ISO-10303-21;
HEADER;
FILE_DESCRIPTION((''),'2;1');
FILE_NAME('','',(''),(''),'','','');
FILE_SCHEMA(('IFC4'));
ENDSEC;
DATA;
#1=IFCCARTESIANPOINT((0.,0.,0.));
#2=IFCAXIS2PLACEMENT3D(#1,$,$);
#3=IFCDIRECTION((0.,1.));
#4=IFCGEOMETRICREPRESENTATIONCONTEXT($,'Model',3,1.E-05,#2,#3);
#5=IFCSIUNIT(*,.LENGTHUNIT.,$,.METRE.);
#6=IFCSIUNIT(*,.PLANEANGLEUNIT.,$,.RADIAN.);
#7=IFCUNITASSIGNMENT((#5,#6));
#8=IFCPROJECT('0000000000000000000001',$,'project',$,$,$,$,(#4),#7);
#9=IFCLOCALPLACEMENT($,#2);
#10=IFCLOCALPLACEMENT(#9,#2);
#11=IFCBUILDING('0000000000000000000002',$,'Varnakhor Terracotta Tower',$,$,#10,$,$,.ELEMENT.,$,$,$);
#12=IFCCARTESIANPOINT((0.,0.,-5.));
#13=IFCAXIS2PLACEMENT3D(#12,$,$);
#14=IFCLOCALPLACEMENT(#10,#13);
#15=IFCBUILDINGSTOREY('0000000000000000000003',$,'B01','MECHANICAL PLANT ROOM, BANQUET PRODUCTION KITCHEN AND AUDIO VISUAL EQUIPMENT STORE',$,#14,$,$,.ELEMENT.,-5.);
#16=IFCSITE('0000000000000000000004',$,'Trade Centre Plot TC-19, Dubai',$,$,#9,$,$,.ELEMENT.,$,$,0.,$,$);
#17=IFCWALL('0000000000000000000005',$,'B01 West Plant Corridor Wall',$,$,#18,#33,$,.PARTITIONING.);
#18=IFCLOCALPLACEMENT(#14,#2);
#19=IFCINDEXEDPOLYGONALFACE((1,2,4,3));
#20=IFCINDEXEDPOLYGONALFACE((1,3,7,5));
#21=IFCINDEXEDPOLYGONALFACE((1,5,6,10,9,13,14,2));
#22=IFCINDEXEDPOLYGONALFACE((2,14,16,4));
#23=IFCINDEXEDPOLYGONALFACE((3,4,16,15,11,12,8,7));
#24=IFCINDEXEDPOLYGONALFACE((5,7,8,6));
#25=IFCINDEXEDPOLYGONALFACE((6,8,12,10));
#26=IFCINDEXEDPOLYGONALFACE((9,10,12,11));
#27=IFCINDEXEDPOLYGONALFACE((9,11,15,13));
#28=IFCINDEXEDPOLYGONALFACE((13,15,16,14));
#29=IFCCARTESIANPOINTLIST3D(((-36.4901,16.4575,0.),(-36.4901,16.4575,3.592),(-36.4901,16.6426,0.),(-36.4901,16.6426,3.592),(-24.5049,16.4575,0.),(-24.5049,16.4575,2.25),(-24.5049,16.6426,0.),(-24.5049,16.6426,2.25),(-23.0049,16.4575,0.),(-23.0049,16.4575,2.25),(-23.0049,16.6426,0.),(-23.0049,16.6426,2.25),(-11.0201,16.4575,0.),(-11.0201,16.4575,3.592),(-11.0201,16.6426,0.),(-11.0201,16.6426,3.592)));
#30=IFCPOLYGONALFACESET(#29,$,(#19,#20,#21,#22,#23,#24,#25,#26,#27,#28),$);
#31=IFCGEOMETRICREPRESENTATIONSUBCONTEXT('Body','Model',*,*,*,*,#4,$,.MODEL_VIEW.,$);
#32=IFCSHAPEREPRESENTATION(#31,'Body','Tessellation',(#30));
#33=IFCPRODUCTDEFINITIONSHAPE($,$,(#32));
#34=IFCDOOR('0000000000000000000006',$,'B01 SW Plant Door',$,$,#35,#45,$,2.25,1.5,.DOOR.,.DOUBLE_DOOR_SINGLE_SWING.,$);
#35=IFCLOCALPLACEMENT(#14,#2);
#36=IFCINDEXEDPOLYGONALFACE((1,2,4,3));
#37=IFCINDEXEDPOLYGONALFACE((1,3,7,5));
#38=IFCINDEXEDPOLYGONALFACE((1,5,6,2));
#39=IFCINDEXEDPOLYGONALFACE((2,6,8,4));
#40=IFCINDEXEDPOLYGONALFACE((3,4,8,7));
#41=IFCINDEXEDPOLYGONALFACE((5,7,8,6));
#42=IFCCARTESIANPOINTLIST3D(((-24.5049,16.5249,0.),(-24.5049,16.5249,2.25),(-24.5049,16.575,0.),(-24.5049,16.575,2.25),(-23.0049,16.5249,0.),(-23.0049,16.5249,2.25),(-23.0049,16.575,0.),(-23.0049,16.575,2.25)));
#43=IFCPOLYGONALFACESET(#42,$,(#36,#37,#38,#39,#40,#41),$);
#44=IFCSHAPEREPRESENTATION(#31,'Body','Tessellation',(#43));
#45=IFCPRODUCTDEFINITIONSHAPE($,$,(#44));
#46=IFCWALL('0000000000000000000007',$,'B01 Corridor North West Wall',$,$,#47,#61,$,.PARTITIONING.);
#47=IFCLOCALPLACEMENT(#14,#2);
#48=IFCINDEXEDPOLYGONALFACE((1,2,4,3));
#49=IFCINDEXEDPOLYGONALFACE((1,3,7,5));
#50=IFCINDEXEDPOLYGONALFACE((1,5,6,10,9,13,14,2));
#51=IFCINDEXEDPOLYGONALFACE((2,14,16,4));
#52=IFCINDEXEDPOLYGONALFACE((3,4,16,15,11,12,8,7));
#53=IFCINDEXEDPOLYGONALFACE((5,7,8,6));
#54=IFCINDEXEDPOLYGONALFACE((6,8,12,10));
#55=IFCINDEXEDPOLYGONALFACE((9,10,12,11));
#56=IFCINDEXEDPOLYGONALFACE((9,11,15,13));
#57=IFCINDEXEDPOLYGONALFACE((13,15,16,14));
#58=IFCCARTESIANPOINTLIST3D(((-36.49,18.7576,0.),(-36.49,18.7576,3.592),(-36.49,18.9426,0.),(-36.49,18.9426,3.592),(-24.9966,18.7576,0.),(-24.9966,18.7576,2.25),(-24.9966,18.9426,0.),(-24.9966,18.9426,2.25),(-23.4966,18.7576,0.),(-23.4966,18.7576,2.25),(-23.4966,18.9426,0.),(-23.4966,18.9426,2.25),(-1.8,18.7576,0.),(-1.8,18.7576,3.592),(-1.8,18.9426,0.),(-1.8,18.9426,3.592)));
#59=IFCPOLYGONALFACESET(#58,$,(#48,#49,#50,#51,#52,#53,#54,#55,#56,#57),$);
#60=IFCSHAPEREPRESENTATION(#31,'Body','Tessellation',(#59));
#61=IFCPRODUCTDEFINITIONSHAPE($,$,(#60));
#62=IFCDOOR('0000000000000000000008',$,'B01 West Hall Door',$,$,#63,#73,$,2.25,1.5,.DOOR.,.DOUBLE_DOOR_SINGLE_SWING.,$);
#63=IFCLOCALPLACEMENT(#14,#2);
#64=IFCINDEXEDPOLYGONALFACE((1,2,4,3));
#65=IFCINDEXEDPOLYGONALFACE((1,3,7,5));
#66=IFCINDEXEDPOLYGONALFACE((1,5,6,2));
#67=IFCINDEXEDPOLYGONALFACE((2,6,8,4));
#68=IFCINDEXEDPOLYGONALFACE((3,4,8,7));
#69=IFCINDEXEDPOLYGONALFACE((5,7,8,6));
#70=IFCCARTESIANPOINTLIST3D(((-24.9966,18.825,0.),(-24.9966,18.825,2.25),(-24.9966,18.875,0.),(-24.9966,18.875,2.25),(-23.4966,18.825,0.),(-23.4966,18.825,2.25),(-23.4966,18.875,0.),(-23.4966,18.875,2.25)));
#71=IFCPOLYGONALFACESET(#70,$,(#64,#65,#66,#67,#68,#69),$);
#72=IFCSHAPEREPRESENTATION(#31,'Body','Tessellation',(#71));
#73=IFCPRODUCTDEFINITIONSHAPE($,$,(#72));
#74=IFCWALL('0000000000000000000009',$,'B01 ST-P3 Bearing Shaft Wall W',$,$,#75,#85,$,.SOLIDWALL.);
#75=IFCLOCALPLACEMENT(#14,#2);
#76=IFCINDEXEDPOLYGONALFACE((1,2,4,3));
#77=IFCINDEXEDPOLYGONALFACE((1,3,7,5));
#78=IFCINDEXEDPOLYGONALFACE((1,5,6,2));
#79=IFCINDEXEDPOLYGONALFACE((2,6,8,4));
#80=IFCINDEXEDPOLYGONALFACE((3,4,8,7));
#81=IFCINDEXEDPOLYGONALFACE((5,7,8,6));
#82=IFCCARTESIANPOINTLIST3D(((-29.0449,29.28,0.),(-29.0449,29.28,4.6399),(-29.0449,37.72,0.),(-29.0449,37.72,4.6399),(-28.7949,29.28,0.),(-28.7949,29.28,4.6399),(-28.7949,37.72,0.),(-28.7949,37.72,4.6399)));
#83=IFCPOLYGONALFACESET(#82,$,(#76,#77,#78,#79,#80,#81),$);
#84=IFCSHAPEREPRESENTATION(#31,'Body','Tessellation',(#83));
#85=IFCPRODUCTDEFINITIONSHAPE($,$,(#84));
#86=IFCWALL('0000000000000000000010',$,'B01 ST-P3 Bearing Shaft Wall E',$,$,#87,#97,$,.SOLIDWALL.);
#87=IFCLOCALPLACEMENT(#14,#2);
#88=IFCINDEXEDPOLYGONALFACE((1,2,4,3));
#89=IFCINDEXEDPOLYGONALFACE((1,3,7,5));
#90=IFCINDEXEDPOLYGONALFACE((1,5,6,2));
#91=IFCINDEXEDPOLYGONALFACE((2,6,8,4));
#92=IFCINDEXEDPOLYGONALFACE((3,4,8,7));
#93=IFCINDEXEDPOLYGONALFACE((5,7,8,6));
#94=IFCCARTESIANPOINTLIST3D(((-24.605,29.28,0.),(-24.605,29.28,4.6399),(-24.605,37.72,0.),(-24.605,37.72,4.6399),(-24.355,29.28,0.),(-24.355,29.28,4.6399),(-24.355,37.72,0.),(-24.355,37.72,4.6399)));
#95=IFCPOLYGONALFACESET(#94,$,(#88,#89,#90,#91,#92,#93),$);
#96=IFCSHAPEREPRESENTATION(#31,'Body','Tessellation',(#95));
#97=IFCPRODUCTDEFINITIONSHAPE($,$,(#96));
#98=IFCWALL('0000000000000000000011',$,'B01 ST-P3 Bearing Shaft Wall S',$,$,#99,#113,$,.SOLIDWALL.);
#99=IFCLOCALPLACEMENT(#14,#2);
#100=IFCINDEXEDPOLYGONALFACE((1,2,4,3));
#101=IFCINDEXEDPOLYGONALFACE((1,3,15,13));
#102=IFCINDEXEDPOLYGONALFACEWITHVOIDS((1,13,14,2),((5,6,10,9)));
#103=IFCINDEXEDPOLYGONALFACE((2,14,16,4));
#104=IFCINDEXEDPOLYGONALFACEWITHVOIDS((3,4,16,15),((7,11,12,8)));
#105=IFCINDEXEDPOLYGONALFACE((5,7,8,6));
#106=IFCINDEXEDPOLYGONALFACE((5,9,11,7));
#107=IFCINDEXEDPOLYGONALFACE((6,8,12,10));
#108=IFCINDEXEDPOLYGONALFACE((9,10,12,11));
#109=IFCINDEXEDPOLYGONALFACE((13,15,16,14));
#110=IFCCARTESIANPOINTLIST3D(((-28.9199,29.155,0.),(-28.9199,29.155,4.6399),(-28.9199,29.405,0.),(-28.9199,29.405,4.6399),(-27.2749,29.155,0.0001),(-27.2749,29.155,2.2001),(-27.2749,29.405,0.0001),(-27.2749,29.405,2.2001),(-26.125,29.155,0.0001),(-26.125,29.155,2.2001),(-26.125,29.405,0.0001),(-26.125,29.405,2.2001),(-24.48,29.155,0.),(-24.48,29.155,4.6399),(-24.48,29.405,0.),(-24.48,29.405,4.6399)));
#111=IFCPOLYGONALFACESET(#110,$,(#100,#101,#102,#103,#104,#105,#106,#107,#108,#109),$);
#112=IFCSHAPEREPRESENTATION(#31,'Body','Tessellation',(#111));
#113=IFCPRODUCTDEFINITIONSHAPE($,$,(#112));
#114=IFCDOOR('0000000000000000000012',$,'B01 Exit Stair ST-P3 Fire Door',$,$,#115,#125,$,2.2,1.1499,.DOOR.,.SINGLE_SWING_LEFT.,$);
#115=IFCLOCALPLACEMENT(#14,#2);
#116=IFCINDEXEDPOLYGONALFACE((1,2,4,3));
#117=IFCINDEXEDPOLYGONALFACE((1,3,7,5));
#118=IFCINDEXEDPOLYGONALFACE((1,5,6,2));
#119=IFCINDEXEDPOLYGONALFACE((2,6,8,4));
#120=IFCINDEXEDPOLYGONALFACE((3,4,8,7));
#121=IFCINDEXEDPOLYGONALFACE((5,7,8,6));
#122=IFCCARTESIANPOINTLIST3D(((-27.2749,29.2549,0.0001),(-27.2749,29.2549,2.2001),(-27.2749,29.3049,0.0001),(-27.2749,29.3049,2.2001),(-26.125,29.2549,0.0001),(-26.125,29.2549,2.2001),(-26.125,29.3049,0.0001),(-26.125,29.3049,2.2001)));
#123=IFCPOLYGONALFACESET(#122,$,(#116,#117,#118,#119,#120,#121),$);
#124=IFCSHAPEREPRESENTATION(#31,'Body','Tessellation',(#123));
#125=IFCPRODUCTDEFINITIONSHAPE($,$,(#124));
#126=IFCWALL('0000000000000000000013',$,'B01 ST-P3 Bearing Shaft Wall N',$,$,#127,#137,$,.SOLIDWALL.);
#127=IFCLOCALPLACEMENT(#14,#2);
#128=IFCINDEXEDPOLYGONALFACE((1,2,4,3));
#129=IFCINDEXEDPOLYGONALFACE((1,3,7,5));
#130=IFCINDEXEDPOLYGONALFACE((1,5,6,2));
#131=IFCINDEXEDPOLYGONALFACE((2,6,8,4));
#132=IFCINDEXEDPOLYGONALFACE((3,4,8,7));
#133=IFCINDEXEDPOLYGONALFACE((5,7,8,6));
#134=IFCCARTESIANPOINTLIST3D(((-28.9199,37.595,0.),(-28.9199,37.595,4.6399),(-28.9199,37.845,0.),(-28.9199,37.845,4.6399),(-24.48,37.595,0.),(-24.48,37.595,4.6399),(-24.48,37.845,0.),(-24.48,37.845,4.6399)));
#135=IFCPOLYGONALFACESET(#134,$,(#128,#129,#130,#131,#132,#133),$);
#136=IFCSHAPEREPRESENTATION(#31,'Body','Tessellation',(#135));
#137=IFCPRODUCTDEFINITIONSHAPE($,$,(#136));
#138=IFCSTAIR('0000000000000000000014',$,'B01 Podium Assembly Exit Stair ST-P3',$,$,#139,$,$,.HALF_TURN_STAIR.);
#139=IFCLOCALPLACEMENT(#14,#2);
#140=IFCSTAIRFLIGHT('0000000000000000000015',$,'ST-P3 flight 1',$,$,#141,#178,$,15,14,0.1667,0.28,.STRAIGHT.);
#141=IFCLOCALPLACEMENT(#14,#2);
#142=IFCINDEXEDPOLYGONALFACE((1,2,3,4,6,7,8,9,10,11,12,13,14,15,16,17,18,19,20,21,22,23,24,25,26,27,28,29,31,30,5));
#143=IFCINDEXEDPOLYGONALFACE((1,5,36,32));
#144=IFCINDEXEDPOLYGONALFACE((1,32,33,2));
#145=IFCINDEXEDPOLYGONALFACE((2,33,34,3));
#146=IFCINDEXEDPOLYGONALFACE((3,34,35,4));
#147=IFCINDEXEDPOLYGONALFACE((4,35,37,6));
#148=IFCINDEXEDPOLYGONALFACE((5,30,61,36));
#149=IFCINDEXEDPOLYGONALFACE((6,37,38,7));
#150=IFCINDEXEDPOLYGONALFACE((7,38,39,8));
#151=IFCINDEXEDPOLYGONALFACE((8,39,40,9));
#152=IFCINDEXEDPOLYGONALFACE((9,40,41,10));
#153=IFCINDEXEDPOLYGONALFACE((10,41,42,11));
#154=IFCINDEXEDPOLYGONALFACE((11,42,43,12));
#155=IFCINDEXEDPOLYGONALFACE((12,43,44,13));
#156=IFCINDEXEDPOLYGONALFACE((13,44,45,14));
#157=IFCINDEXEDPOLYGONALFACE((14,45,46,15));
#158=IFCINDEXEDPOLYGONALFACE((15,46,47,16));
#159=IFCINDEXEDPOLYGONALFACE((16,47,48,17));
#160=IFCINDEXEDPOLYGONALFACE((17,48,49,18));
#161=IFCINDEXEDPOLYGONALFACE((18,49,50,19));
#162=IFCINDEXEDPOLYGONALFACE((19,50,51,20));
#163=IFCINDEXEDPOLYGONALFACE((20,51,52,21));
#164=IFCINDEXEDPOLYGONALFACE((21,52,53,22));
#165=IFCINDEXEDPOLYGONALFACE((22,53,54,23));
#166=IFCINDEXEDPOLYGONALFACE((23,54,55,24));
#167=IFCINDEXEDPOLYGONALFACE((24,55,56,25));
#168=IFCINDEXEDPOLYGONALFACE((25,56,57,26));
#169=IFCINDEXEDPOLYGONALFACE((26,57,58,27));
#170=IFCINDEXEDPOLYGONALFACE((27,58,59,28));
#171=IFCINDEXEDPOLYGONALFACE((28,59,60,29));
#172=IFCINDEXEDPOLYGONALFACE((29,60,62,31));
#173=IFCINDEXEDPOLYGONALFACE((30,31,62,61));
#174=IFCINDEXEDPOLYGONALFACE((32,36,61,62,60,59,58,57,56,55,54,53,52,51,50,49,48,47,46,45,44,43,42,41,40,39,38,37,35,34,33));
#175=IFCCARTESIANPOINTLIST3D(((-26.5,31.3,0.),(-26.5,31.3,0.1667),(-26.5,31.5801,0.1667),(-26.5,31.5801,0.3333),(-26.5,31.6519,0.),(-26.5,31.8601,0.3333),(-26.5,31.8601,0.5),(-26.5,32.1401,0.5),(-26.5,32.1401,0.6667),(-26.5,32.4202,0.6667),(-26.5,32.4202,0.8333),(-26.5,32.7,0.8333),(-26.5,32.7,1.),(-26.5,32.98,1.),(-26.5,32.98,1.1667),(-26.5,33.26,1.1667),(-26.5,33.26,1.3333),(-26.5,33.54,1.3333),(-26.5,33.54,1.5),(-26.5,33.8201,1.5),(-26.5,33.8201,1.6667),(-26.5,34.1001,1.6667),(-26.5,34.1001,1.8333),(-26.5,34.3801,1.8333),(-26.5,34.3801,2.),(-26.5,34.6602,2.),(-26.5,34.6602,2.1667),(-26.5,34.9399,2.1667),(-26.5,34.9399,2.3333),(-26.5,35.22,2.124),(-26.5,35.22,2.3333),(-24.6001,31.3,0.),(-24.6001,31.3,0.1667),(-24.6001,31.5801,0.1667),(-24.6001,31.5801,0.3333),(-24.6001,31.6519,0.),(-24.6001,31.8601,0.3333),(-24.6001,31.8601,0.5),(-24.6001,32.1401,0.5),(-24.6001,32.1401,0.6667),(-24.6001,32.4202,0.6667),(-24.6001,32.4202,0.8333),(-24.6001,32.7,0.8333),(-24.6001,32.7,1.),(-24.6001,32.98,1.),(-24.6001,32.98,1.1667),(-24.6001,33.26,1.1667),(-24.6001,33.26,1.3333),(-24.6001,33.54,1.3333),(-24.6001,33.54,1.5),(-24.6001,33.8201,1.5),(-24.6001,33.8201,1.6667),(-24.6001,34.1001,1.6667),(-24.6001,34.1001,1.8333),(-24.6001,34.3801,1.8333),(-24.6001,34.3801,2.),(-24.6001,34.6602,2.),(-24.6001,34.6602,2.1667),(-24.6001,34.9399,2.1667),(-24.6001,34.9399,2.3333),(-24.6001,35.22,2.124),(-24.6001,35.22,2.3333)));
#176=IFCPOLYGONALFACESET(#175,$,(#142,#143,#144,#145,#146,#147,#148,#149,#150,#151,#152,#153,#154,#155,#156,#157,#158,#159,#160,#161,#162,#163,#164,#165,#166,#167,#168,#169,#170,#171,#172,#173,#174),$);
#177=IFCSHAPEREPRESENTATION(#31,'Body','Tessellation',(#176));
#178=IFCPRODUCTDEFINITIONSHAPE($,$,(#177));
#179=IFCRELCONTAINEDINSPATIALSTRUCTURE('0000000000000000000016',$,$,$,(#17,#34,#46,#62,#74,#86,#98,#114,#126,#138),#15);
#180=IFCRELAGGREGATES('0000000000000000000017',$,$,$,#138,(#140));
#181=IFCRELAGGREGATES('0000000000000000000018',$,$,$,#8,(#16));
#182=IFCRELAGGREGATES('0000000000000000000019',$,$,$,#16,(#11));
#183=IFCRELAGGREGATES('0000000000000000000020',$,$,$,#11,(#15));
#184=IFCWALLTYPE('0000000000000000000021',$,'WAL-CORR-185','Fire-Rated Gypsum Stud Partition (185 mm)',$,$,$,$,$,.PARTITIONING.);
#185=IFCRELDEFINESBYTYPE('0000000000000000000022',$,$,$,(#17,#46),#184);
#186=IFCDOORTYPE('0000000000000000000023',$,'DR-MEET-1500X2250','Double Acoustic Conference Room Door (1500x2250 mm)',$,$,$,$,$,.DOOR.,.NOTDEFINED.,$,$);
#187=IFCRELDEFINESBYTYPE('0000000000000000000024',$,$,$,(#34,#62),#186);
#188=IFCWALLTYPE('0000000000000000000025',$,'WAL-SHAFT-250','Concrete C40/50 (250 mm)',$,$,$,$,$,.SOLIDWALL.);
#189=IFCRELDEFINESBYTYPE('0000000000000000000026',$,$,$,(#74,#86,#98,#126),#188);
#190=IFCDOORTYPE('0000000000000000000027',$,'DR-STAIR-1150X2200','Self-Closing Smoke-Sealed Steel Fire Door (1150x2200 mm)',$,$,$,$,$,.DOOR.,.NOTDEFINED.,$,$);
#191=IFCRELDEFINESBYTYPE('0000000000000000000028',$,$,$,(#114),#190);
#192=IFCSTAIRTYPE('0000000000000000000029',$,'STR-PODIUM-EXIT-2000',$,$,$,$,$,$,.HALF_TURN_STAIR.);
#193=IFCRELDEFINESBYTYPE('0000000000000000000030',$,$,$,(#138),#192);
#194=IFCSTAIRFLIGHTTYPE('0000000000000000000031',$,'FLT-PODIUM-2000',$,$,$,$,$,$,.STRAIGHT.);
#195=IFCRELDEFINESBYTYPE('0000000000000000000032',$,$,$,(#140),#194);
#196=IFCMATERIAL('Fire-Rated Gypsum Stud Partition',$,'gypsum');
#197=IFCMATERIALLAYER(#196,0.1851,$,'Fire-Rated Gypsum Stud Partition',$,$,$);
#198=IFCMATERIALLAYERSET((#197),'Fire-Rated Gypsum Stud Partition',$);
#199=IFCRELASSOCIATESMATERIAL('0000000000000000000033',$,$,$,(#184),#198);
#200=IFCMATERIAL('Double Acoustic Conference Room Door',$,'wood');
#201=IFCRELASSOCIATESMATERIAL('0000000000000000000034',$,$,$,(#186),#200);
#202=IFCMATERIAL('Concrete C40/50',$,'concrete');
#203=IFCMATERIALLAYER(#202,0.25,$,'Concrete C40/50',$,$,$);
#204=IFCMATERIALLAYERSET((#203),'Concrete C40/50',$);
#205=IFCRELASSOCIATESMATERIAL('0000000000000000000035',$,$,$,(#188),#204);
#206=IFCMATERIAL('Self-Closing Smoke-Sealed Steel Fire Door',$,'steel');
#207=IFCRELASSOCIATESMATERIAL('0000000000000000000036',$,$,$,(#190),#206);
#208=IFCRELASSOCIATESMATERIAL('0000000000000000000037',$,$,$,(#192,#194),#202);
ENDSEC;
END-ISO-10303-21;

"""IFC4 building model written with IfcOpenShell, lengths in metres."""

from ifc_helpers import new_model, si_unit, direction, frame, frame_2d, origin, place, context, subcontext, project, spatial, polyline, rectangle, outline, extrude, source, transform, mapped, material, layer, layer_set, type_object, type_shapes, element, fill, aggregate, save


model = new_model("IFC4")

# Units and contexts
model_context = context("Model", 3, precision=1e-05, world=origin(), true_north=direction((0.0, 1.0)))
body_context = subcontext(model_context, "Body", "Model", "MODEL_VIEW")
ifc_project = project(units=[si_unit("LENGTHUNIT", "METRE"), si_unit("PLANEANGLEUNIT", "RADIAN")], contexts=[model_context])

# Site, building, storey
site_placement = place(None, origin())
site = spatial("IfcSite", under=ifc_project, at=site_placement, Name="Trade Centre Plot TC-19, Dubai", CompositionType="ELEMENT", RefElevation=0.0)
building_placement = place(site_placement, origin())
building = spatial("IfcBuilding", under=site, at=building_placement, Name="Varnakhor Terracotta Tower", CompositionType="ELEMENT")
storey_placement = place(building_placement, frame((0.0, 0.0, -5.0)))
storey = spatial("IfcBuildingStorey", under=building, at=storey_placement, Name="B01", Description="MECHANICAL PLANT ROOM, BANQUET PRODUCTION KITCHEN AND AUDIO VISUAL EQUIPMENT STORE", CompositionType="ELEMENT", Elevation=-5.0)

# Shared definitions
ifc_material_1 = material(Name="Concrete C40/50", Category="concrete")

# Walls, openings, doors
ifc_material_2 = material(Name="Fire-Rated Gypsum Stud Partition", Category="gypsum")
ifc_layer_1 = layer(ifc_material_2, 0.1851, Name="Fire-Rated Gypsum Stud Partition")
ifc_layer_set_1 = layer_set([ifc_layer_1], Name="Fire-Rated Gypsum Stud Partition")
wall_type_1 = type_object("IfcWallType", Name="WAL-CORR-185", Description="Fire-Rated Gypsum Stud Partition (185 mm)", PredefinedType="PARTITIONING", material=ifc_layer_set_1)
wall_1_placement = place(storey_placement, frame((-36.49, 16.55, 0.0), z_axis=(0.0, 0.0, 1.0), x_axis=(1.0, 0.0, 0.0)))
wall_1 = element("IfcWall", 1, at=wall_1_placement, inside=storey, type_object=wall_type_1, Name="B01 West Plant Corridor Wall", PredefinedType="PARTITIONING", context=body_context, shape_type="SweptSolid", body=[
    extrude(rectangle(XDim=25.47, YDim=0.1851, at=frame_2d((12.7349, 0.0))), origin(), (0.0, 0.0, 1.0), 3.592),
])
opening_1_placement = place(wall_1_placement, frame((11.9851, 0.0, 0.0)))
opening_1 = element("IfcOpeningElement", 2, at=opening_1_placement, cuts=wall_1, PredefinedType="OPENING", context=body_context, shape_type="SweptSolid", body=[
    extrude(rectangle(XDim=1.5, YDim=2.25, at=frame_2d((0.75, 1.125))), frame((0.0, 0.1025, 0.0), z_axis=(0.0, -1.0, 0.0), x_axis=(1.0, 0.0, 0.0)), (0.0, 0.0, 1.0), 0.2051),
])
ifc_material_3 = material(Name="Double Acoustic Conference Room Door", Category="wood")
door_type_1 = type_object("IfcDoorType", Name="DR-MEET-1500X2250", Description="Double Acoustic Conference Room Door (1500x2250 mm)", OperationType="NOTDEFINED", PredefinedType="DOOR", material=ifc_material_3)
shared_shape_1 = source(origin(), body_context, "Body", "SweptSolid", [
    extrude(rectangle(XDim=1.5, YDim=2.25, at=frame_2d((0.75, 1.125))), frame((0.0, 0.0249, 0.0), z_axis=(0.0, -1.0, 0.0), x_axis=(1.0, 0.0, 0.0)), (0.0, 0.0, 1.0), 0.05),
])
type_shapes(door_type_1, [shared_shape_1])
door_1_placement = place(opening_1_placement, origin())
door_1 = element("IfcDoor", 3, at=door_1_placement, inside=storey, type_object=door_type_1, Name="B01 SW Plant Door", OperationType="DOUBLE_DOOR_SINGLE_SWING", OverallHeight=2.25, OverallWidth=1.5, PredefinedType="DOOR", context=body_context, shape_type="MappedRepresentation", body=[
    mapped(shared_shape_1, transform((0.0, 0.0, 0.0), scale=1.0)),
])
fill(opening_1, door_1)
wall_2_placement = place(storey_placement, frame((-36.49, 18.8501, 0.0), z_axis=(0.0, 0.0, 1.0), x_axis=(1.0, 0.0, 0.0)))
wall_2 = element("IfcWall", 4, at=wall_2_placement, inside=storey, type_object=wall_type_1, Name="B01 Corridor North West Wall", PredefinedType="PARTITIONING", context=body_context, shape_type="SweptSolid", body=[
    extrude(rectangle(XDim=34.6899, YDim=0.1851, at=frame_2d((17.345, 0.0))), origin(), (0.0, 0.0, 1.0), 3.592),
])
opening_2_placement = place(wall_2_placement, frame((11.4934, 0.0, 0.0)))
opening_2 = element("IfcOpeningElement", 5, at=opening_2_placement, cuts=wall_2, PredefinedType="OPENING", context=body_context, shape_type="SweptSolid", body=[
    extrude(rectangle(XDim=1.5, YDim=2.25, at=frame_2d((0.75, 1.125))), frame((0.0, 0.1025, 0.0), z_axis=(0.0, -1.0, 0.0), x_axis=(1.0, 0.0, 0.0)), (0.0, 0.0, 1.0), 0.2051),
])
door_2_placement = place(opening_2_placement, origin())
door_2 = element("IfcDoor", 6, at=door_2_placement, inside=storey, type_object=door_type_1, Name="B01 West Hall Door", OperationType="DOUBLE_DOOR_SINGLE_SWING", OverallHeight=2.25, OverallWidth=1.5, PredefinedType="DOOR", context=body_context, shape_type="MappedRepresentation", body=[
    mapped(shared_shape_1, transform((0.0, 0.0, 0.0), scale=1.0)),
])
fill(opening_2, door_2)

# Walls
ifc_layer_2 = layer(ifc_material_1, 0.25, Name="Concrete C40/50")
ifc_layer_set_2 = layer_set([ifc_layer_2], Name="Concrete C40/50")
wall_type_2 = type_object("IfcWallType", Name="WAL-SHAFT-250", Description="Concrete C40/50 (250 mm)", PredefinedType="SOLIDWALL", material=ifc_layer_set_2)
for number, where, z_axis, x_axis, name in (
    (7, (-28.9199, 29.28, 0.0), (0.0, 0.0, 1.0), (0.0, 1.0, 0.0), "B01 ST-P3 Bearing Shaft Wall W"),
    (8, (-24.48, 29.28, 0.0), (0.0, 0.0, 1.0), (0.0, 1.0, 0.0), "B01 ST-P3 Bearing Shaft Wall E"),
):
    element("IfcWall", number, at=place(storey_placement, frame(where, z_axis=z_axis, x_axis=x_axis)), inside=storey, type_object=wall_type_2, Name=name, PredefinedType="SOLIDWALL", context=body_context, shape_type="SweptSolid", body=[
        extrude(rectangle(XDim=8.4399, YDim=0.25, at=frame_2d((4.22, 0.0))), origin(), (0.0, 0.0, 1.0), 4.6399),
    ])

# Wall, opening, door
wall_3_placement = place(storey_placement, frame((-28.9199, 29.28, 0.0), z_axis=(0.0, 0.0, 1.0), x_axis=(1.0, 0.0, 0.0)))
wall_3 = element("IfcWall", 9, at=wall_3_placement, inside=storey, type_object=wall_type_2, Name="B01 ST-P3 Bearing Shaft Wall S", PredefinedType="SOLIDWALL", context=body_context, shape_type="SweptSolid", body=[
    extrude(rectangle(XDim=4.4399, YDim=0.25, at=frame_2d((2.22, 0.0))), origin(), (0.0, 0.0, 1.0), 4.6399),
])
opening_3_placement = place(wall_3_placement, frame((1.645, 0.0, 0.0)))
opening_3 = element("IfcOpeningElement", 10, at=opening_3_placement, cuts=wall_3, PredefinedType="OPENING", context=body_context, shape_type="SweptSolid", body=[
    extrude(rectangle(XDim=1.1499, YDim=2.2, at=frame_2d((0.575, 1.1001))), frame((0.0, 0.135, 0.0), z_axis=(0.0, -1.0, 0.0), x_axis=(1.0, 0.0, 0.0)), (0.0, 0.0, 1.0), 0.27),
])
ifc_material_4 = material(Name="Self-Closing Smoke-Sealed Steel Fire Door", Category="steel")
door_type_2 = type_object("IfcDoorType", Name="DR-STAIR-1150X2200", Description="Self-Closing Smoke-Sealed Steel Fire Door (1150x2200 mm)", OperationType="NOTDEFINED", PredefinedType="DOOR", material=ifc_material_4)
shared_shape_2 = source(origin(), body_context, "Body", "SweptSolid", [
    extrude(rectangle(XDim=1.1499, YDim=2.2, at=frame_2d((0.575, 1.1001))), frame((0.0, 0.0249, 0.0), z_axis=(0.0, -1.0, 0.0), x_axis=(1.0, 0.0, 0.0)), (0.0, 0.0, 1.0), 0.05),
])
type_shapes(door_type_2, [shared_shape_2])
door_3_placement = place(opening_3_placement, origin())
door_3 = element("IfcDoor", 11, at=door_3_placement, inside=storey, type_object=door_type_2, Name="B01 Exit Stair ST-P3 Fire Door", OperationType="SINGLE_SWING_LEFT", OverallHeight=2.2, OverallWidth=1.1499, PredefinedType="DOOR", context=body_context, shape_type="MappedRepresentation", body=[
    mapped(shared_shape_2, transform((0.0, 0.0, 0.0), scale=1.0)),
])
fill(opening_3, door_3)

# Wall
wall_4_placement = place(storey_placement, frame((-24.48, 37.72, 0.0), z_axis=(0.0, 0.0, 1.0), x_axis=(-1.0, 0.0, 0.0)))
element("IfcWall", 12, at=wall_4_placement, inside=storey, type_object=wall_type_2, Name="B01 ST-P3 Bearing Shaft Wall N", PredefinedType="SOLIDWALL", context=body_context, shape_type="SweptSolid", body=[
    extrude(rectangle(XDim=4.4399, YDim=0.25, at=frame_2d((2.22, 0.0))), origin(), (0.0, 0.0, 1.0), 4.6399),
])

# Stair, stair flight
stair_type = type_object("IfcStairType", Name="STR-PODIUM-EXIT-2000", PredefinedType="HALF_TURN_STAIR", material=ifc_material_1)
stair_placement = place(storey_placement, origin())
stair = element("IfcStair", 13, at=stair_placement, inside=storey, type_object=stair_type, Name="B01 Podium Assembly Exit Stair ST-P3", PredefinedType="HALF_TURN_STAIR")
stair_flight_type = type_object("IfcStairFlightType", Name="FLT-PODIUM-2000", PredefinedType="STRAIGHT", material=ifc_material_1)
stair_flight_1_placement = place(storey_placement, frame((-25.55, 31.3, 0.0), z_axis=(0.0, 0.0, 1.0), x_axis=(0.0, 1.0, 0.0)))
stair_flight_1 = element("IfcStairFlight", 14, at=stair_flight_1_placement, type_object=stair_flight_type, Name="ST-P3 flight 1", NumberOfRisers=15, NumberOfTreads=14, PredefinedType="STRAIGHT", RiserHeight=0.1667, TreadLength=0.28, context=body_context, shape_type="SweptSolid", body=[
    extrude(outline(polyline([(0.0, 0.0), (0.0, 0.1667), (0.28, 0.1667), (0.28, 0.3333), (0.5601, 0.3333), (0.5601, 0.5), (0.8401, 0.5), (0.8401, 0.6667), (1.1201, 0.6667), (1.1201, 0.8333), (1.3999, 0.8333), (1.3999, 1.0), (1.6799, 1.0), (1.6799, 1.1667), (1.96, 1.1667), (1.96, 1.3333), (2.24, 1.3333), (2.24, 1.5), (2.52, 1.5), (2.52, 1.6667), (2.8, 1.6667), (2.8, 1.8333), (3.0801, 1.8333), (3.0801, 2.0), (3.3601, 2.0), (3.3601, 2.1667), (3.6399, 2.1667), (3.6399, 2.3333), (3.9199, 2.3333), (3.9199, 2.5), (3.9199, 2.124), (0.3518, 0.0), (0.0, 0.0)])), frame((0.0, 0.95, 0.0), z_axis=(0.0, -1.0, 0.0), x_axis=(1.0, 0.0, 0.0)), (0.0, 0.0, 1.0), 1.8999),
])
aggregate(stair, [stair_flight_1])

save(model, "model.ifc")
